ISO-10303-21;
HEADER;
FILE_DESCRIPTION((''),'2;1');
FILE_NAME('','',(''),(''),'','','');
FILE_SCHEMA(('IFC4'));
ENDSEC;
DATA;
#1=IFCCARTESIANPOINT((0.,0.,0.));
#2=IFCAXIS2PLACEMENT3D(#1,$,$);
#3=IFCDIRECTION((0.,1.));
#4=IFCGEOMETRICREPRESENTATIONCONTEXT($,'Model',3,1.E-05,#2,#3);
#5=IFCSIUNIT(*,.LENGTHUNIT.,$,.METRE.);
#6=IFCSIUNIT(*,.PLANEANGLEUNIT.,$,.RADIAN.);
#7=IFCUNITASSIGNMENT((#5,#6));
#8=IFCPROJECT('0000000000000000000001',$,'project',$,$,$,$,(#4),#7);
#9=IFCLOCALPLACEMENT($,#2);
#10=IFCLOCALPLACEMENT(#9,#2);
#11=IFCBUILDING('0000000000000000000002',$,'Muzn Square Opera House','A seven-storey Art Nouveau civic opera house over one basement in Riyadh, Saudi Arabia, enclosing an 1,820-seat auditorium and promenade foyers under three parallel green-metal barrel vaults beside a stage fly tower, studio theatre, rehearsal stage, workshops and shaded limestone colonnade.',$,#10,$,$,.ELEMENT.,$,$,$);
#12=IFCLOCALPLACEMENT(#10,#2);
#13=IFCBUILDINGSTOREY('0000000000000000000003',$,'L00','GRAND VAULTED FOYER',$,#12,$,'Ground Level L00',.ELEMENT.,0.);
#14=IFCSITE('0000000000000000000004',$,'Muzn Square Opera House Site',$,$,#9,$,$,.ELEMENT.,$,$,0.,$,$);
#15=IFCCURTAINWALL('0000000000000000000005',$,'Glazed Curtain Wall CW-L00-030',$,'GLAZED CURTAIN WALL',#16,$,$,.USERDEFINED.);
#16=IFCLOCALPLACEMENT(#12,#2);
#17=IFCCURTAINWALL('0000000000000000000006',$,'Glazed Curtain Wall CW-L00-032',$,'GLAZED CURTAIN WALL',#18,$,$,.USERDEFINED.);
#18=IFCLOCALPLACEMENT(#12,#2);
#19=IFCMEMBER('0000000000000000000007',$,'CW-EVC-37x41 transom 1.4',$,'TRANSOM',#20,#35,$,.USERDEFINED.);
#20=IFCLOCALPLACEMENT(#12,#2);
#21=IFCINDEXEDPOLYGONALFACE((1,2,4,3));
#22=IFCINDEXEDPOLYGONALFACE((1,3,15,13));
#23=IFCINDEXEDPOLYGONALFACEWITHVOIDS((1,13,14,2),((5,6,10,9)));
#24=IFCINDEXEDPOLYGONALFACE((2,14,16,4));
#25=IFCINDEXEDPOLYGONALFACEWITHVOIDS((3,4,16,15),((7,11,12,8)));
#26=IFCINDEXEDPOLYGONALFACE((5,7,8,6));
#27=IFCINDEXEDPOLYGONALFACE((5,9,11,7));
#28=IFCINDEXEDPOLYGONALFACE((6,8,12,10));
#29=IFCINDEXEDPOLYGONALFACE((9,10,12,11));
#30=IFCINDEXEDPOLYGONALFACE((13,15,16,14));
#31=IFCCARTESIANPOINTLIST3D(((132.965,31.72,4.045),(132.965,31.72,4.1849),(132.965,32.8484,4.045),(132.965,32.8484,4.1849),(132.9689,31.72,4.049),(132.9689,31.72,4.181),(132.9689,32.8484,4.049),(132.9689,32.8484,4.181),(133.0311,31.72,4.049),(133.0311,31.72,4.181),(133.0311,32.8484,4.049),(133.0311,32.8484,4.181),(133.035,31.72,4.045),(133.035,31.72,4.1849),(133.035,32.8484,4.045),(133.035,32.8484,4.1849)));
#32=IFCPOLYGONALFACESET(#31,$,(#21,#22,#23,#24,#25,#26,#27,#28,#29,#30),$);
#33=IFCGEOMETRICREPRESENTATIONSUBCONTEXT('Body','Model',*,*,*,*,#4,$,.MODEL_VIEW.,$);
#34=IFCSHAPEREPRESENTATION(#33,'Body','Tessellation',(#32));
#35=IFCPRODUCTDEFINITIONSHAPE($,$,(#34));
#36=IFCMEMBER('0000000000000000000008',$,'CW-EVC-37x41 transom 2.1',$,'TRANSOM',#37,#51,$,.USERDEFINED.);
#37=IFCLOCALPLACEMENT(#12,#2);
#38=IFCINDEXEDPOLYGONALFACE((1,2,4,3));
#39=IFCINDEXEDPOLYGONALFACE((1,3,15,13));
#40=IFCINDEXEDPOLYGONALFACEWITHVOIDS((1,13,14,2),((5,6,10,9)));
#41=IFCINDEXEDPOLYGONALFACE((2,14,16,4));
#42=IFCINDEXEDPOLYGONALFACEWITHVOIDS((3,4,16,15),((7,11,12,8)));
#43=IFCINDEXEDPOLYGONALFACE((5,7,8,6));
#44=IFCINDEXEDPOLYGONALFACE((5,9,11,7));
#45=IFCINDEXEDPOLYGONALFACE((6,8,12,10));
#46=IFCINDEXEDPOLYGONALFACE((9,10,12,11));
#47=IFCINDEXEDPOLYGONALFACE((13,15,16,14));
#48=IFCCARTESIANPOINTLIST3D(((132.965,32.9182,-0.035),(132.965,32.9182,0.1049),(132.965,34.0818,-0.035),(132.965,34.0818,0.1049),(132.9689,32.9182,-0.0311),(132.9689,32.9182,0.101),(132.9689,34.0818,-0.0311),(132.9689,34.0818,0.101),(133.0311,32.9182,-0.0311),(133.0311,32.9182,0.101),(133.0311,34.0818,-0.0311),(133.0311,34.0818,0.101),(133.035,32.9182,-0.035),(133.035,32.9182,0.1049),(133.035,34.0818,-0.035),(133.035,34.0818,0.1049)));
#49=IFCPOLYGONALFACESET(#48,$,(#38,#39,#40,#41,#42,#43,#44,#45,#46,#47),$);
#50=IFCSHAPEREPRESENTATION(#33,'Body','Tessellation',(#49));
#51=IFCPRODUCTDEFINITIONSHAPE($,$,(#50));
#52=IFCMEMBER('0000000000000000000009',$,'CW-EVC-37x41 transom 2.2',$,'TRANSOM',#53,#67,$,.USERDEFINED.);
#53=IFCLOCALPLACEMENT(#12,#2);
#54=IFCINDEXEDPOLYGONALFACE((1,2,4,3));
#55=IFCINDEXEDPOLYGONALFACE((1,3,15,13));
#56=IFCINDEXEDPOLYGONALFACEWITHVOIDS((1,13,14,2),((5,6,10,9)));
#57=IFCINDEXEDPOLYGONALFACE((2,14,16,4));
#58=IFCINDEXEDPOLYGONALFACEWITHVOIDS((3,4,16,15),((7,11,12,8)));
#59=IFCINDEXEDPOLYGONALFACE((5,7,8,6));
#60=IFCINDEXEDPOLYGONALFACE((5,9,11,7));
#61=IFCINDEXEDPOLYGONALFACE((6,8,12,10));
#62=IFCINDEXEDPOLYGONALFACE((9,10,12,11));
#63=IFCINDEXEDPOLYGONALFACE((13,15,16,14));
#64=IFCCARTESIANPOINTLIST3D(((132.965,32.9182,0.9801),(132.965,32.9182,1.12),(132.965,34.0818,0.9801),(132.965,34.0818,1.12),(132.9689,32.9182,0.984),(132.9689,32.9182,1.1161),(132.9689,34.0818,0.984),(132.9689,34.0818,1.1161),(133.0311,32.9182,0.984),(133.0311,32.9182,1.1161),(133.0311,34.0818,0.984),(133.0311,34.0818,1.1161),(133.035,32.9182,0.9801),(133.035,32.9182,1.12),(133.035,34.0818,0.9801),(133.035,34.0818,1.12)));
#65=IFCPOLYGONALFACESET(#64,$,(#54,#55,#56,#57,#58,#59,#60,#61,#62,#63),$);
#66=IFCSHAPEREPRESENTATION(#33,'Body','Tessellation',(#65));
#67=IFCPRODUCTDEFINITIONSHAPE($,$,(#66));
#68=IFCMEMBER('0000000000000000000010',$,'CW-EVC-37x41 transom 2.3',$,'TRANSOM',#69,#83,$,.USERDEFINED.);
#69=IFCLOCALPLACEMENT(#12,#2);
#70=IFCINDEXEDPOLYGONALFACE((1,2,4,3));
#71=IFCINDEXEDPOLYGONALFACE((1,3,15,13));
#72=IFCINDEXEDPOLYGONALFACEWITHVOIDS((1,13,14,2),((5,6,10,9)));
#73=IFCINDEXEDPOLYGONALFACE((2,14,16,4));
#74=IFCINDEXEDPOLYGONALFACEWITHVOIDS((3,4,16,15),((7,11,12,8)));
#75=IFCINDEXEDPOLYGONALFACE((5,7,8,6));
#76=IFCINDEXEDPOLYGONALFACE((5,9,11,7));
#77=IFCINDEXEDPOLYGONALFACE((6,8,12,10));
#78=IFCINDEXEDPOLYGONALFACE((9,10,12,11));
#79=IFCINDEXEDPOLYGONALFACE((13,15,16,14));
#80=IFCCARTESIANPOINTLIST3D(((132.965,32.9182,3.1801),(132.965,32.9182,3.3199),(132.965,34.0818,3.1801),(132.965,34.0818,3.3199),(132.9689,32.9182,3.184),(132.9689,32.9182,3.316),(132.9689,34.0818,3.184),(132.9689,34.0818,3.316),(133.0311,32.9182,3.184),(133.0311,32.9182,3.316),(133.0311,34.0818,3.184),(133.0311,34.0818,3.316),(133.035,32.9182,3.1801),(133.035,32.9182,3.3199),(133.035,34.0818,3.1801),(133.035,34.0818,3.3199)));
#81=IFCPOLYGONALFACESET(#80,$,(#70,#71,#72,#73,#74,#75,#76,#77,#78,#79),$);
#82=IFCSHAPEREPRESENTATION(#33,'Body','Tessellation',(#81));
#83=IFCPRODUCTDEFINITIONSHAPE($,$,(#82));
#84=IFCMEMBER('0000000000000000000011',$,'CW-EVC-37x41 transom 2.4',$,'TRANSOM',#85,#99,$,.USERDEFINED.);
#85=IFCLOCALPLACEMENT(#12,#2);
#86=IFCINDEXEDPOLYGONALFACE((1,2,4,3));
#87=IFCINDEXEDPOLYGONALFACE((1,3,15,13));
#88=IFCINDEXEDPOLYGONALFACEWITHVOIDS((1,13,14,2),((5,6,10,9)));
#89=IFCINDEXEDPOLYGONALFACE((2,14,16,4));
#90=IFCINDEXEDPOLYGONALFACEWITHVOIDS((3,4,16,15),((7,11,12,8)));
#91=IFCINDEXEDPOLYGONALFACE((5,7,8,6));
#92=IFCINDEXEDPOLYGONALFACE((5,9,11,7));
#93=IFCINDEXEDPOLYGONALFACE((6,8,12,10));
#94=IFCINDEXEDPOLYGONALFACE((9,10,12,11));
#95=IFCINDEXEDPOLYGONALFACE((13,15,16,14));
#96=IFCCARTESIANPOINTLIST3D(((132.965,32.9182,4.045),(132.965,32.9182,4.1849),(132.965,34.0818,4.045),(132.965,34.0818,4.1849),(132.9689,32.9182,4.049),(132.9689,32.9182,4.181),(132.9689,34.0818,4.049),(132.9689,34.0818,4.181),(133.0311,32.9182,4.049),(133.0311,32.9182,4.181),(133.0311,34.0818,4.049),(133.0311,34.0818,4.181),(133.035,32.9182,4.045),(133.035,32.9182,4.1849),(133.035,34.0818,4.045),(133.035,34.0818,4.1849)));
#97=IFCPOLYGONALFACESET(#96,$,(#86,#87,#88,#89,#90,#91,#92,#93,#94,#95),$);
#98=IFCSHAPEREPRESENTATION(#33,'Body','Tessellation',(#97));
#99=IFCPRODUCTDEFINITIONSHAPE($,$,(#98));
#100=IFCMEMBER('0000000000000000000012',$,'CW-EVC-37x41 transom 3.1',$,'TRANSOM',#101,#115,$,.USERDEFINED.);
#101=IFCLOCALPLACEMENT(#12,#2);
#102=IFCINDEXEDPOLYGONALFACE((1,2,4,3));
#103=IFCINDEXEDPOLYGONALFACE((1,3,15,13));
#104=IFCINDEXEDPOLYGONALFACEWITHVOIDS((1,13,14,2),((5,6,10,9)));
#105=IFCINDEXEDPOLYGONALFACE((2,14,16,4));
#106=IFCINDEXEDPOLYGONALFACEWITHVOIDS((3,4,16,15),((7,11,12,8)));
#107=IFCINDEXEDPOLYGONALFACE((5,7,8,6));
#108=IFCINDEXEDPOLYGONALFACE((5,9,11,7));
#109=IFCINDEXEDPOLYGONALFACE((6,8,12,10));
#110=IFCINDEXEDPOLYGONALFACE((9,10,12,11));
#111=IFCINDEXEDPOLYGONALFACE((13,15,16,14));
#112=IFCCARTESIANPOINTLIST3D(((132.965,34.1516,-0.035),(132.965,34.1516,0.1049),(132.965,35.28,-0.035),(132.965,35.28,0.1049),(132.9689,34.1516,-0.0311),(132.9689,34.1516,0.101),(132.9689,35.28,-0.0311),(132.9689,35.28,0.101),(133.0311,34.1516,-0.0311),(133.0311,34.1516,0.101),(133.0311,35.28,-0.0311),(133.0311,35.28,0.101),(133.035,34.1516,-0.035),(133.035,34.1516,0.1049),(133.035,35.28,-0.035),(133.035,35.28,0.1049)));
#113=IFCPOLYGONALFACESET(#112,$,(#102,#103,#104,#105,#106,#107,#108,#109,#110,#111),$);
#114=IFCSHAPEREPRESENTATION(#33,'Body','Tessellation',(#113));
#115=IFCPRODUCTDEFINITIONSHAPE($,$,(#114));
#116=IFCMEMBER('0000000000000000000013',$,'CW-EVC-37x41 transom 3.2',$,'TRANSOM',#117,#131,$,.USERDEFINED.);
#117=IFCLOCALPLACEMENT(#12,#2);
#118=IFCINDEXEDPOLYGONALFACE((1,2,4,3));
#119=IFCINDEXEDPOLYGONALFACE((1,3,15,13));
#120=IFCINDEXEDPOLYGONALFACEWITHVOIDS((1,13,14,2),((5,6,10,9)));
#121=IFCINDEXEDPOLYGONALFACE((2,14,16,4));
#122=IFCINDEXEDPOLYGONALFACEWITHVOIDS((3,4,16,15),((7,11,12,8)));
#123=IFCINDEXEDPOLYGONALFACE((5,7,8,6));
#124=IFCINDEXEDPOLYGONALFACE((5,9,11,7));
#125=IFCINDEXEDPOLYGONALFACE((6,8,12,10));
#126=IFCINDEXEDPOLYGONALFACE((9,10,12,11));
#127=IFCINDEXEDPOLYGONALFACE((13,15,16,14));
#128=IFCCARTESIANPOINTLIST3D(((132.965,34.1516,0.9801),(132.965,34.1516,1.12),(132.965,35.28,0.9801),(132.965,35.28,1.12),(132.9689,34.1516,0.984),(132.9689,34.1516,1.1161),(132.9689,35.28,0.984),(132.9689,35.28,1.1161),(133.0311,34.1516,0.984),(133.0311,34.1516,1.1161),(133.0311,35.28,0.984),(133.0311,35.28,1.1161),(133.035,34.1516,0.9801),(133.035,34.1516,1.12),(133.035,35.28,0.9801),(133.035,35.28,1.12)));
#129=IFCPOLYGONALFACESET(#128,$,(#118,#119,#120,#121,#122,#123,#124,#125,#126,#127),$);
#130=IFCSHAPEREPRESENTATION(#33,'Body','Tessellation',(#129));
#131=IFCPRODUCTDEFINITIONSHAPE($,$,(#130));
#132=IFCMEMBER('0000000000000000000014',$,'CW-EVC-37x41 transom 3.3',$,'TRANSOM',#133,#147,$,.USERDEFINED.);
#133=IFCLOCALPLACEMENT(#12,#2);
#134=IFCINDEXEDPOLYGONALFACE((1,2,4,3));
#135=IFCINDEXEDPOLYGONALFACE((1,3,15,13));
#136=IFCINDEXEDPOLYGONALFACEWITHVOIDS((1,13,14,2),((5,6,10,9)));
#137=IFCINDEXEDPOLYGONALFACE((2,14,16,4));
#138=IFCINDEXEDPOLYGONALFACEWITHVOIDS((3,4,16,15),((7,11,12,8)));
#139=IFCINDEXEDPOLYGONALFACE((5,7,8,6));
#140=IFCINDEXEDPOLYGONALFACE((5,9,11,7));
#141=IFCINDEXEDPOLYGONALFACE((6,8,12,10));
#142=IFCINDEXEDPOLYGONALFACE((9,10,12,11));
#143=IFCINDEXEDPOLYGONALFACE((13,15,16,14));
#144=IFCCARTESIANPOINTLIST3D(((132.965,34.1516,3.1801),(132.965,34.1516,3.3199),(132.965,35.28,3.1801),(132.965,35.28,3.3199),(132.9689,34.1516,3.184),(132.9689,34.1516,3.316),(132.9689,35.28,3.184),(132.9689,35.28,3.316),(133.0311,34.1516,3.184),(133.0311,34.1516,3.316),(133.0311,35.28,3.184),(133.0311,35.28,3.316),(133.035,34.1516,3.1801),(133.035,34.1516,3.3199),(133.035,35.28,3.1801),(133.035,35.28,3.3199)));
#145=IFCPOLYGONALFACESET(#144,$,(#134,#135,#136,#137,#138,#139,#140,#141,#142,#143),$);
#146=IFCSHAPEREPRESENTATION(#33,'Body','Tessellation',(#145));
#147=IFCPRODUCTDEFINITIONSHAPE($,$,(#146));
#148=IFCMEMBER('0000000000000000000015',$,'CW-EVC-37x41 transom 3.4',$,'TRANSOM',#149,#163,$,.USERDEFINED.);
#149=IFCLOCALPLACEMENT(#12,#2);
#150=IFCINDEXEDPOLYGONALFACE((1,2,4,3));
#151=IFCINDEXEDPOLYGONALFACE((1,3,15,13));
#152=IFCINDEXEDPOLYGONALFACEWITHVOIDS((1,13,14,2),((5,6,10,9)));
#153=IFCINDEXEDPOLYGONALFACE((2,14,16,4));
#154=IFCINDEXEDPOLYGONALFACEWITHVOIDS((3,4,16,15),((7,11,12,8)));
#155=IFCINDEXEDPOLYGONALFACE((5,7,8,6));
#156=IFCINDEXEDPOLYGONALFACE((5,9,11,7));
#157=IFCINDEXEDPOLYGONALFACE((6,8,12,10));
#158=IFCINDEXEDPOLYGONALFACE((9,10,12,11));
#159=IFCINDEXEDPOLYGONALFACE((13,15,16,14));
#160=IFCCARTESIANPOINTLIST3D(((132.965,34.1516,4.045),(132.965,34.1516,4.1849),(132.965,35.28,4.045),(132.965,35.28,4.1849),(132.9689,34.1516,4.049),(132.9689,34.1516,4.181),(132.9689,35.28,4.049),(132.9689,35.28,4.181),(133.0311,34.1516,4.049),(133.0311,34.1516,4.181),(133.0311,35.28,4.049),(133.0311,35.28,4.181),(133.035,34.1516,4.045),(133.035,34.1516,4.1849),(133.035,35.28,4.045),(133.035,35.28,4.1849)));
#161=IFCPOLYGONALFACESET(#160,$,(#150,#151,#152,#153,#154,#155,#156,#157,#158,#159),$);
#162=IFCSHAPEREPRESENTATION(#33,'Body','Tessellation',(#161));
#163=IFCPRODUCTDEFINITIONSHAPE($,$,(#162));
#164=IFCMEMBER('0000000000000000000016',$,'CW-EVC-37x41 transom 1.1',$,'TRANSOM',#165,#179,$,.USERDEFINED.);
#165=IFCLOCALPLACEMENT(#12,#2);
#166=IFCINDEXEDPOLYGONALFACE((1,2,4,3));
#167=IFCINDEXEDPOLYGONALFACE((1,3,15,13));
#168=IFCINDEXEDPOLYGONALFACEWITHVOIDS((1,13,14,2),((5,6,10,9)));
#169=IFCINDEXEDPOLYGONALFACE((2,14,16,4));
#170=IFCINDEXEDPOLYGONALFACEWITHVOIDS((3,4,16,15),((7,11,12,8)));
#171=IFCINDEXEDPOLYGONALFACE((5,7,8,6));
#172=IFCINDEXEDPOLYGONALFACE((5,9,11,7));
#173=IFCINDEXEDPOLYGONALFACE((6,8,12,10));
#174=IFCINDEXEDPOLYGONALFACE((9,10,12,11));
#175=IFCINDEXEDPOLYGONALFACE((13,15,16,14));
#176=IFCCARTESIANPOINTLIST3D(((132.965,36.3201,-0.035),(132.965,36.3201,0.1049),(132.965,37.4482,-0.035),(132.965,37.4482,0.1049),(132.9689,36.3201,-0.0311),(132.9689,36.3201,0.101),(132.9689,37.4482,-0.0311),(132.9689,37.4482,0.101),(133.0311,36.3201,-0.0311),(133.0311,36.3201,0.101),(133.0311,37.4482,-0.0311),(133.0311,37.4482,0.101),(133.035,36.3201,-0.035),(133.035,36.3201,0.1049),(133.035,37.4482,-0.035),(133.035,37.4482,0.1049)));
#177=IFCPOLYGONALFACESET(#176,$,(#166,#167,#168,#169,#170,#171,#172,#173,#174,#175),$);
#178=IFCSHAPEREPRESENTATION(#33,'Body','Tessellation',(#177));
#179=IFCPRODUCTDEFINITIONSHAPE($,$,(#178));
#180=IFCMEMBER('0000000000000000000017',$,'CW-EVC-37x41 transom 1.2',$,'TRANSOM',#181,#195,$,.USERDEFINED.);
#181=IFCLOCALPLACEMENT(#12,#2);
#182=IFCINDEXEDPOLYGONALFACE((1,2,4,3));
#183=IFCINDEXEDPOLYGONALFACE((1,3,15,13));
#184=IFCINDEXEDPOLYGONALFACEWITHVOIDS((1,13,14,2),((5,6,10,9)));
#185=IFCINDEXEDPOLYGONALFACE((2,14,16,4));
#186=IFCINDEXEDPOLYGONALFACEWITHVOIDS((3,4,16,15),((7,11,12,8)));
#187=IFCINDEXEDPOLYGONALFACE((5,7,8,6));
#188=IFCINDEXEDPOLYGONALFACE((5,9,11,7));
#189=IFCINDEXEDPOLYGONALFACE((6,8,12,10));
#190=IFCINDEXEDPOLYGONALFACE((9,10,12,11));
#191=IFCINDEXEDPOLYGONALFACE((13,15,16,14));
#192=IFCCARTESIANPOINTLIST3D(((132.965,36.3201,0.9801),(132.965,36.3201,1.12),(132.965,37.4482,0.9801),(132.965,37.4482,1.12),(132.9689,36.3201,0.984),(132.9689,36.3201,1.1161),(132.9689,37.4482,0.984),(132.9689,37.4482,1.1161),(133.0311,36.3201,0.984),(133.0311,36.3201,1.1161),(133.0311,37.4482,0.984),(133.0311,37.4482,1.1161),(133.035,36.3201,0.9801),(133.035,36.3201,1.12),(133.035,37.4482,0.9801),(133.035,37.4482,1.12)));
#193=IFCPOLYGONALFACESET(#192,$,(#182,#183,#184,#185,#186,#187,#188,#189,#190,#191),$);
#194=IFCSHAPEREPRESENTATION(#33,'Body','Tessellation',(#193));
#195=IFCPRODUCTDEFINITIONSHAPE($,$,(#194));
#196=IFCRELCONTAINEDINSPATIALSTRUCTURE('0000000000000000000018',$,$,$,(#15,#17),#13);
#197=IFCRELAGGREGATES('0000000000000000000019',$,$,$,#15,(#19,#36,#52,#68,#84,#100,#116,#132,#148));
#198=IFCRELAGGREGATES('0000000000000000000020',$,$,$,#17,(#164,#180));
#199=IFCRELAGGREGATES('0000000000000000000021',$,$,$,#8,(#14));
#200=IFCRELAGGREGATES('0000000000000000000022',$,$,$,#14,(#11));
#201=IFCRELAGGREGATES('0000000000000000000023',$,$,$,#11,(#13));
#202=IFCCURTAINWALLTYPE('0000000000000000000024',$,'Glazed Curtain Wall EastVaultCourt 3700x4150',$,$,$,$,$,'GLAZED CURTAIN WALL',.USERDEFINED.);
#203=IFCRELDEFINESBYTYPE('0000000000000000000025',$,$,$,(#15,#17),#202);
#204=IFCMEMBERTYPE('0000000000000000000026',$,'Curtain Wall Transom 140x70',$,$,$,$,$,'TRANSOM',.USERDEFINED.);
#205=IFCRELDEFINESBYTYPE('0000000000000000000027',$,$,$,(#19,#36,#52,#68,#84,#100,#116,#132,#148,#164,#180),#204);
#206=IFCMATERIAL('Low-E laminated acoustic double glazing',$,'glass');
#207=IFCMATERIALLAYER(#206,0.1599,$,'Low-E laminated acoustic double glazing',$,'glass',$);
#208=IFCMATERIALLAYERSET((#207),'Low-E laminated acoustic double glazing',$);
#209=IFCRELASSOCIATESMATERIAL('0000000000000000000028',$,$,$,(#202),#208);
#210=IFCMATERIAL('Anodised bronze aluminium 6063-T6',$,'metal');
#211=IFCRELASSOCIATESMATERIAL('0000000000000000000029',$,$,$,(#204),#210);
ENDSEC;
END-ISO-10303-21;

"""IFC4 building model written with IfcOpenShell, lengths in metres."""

from ifc_helpers import new_model, si_unit, direction, frame, origin, origin_2d, place, context, subcontext, project, spatial, hollow_rectangle, extrude, material, layer, layer_set, material_profile, profile_set, type_object, element, aggregate, save


model = new_model("IFC4")

# Units and contexts
model_context = context("Model", 3, precision=1e-05, world=origin(), true_north=direction((0.0, 1.0)))
body_context = subcontext(model_context, "Body", "Model", "MODEL_VIEW")
ifc_project = project(units=[si_unit("LENGTHUNIT", "METRE"), si_unit("PLANEANGLEUNIT", "RADIAN")], contexts=[model_context])

# Site, building, storey
site_placement = place(None, origin())
site = spatial("IfcSite", under=ifc_project, at=site_placement, Name="Muzn Square Opera House Site", CompositionType="ELEMENT", RefElevation=0.0)
building_placement = place(site_placement, origin())
building = spatial("IfcBuilding", under=site, at=building_placement, Name="Muzn Square Opera House", Description="A seven-storey Art Nouveau civic opera house over one basement in Riyadh, Saudi Arabia, enclosing an 1,820-seat auditorium and promenade foyers under three parallel green-metal barrel vaults beside a stage fly tower, studio theatre, rehearsal stage, workshops and shaded limestone colonnade.", CompositionType="ELEMENT")
storey_placement = place(building_placement, origin())
storey = spatial("IfcBuildingStorey", under=building, at=storey_placement, Name="L00", Description="GRAND VAULTED FOYER", LongName="Ground Level L00", CompositionType="ELEMENT", Elevation=0.0)

# Curtain walls
ifc_material_1 = material(Name="Low-E laminated acoustic double glazing", Category="glass")
ifc_layer_1 = layer(ifc_material_1, 0.1599, Name="Low-E laminated acoustic double glazing", Category="glass")
ifc_layer_set_1 = layer_set([ifc_layer_1], Name="Low-E laminated acoustic double glazing")
curtain_wall_type_1 = type_object("IfcCurtainWallType", Name="Glazed Curtain Wall EastVaultCourt 3700x4150", ElementType="GLAZED CURTAIN WALL", PredefinedType="USERDEFINED", material=ifc_layer_set_1)
curtain_wall_1_placement = place(storey_placement, origin())
curtain_wall_1 = element("IfcCurtainWall", 1, at=curtain_wall_1_placement, inside=storey, type_object=curtain_wall_type_1, Name="Glazed Curtain Wall CW-L00-030", ObjectType="GLAZED CURTAIN WALL", PredefinedType="USERDEFINED")
ifc_material_2 = material(Name="Anodised bronze aluminium 6063-T6", Category="metal")
curtain_wall_2_placement = place(storey_placement, origin())
curtain_wall_2 = element("IfcCurtainWall", 2, at=curtain_wall_2_placement, inside=storey, type_object=curtain_wall_type_1, Name="Glazed Curtain Wall CW-L00-032", ObjectType="GLAZED CURTAIN WALL", PredefinedType="USERDEFINED")

# Members
ifc_material_profile_1 = material_profile(ifc_material_2, hollow_rectangle(XDim=0.0701, YDim=0.1399, WallThickness=0.0039, at=origin_2d()), Name="ALU 140x70x4", Category="metal")
ifc_profile_set_1 = profile_set([ifc_material_profile_1], Name="Anodised bronze aluminium 6063-T6")
member_type_1 = type_object("IfcMemberType", Name="Curtain Wall Transom 140x70", ElementType="TRANSOM", PredefinedType="USERDEFINED", material=ifc_profile_set_1)
member_1_placement = place(storey_placement, frame((133.0, 31.72, 4.115), z_axis=(0.0, 1.0, 0.0), x_axis=(-1.0, 0.0, 0.0)))
member_1 = element("IfcMember", 3, at=member_1_placement, type_object=member_type_1, Name="CW-EVC-37x41 transom 1.4", ObjectType="TRANSOM", PredefinedType="USERDEFINED", context=body_context, shape_type="SweptSolid", body=[
    extrude(hollow_rectangle(XDim=0.0701, YDim=0.1399, WallThickness=0.0039, at=origin_2d()), origin(), (0.0, 0.0, 1.0), 1.1284),
])
member_2_placement = place(storey_placement, frame((133.0, 32.9182, 0.0349), z_axis=(0.0, 1.0, 0.0), x_axis=(-1.0, 0.0, 0.0)))
member_2 = element("IfcMember", 4, at=member_2_placement, type_object=member_type_1, Name="CW-EVC-37x41 transom 2.1", ObjectType="TRANSOM", PredefinedType="USERDEFINED", context=body_context, shape_type="SweptSolid", body=[
    extrude(hollow_rectangle(XDim=0.0701, YDim=0.1399, WallThickness=0.0039, at=origin_2d()), origin(), (0.0, 0.0, 1.0), 1.1636),
])
member_3_placement = place(storey_placement, frame((133.0, 32.9182, 1.05), z_axis=(0.0, 1.0, 0.0), x_axis=(-1.0, 0.0, 0.0)))
member_3 = element("IfcMember", 5, at=member_3_placement, type_object=member_type_1, Name="CW-EVC-37x41 transom 2.2", ObjectType="TRANSOM", PredefinedType="USERDEFINED", context=body_context, shape_type="SweptSolid", body=[
    extrude(hollow_rectangle(XDim=0.0701, YDim=0.1399, WallThickness=0.0039, at=origin_2d()), origin(), (0.0, 0.0, 1.0), 1.1636),
])
member_4_placement = place(storey_placement, frame((133.0, 32.9182, 3.25), z_axis=(0.0, 1.0, 0.0), x_axis=(-1.0, 0.0, 0.0)))
member_4 = element("IfcMember", 6, at=member_4_placement, type_object=member_type_1, Name="CW-EVC-37x41 transom 2.3", ObjectType="TRANSOM", PredefinedType="USERDEFINED", context=body_context, shape_type="SweptSolid", body=[
    extrude(hollow_rectangle(XDim=0.0701, YDim=0.1399, WallThickness=0.0039, at=origin_2d()), origin(), (0.0, 0.0, 1.0), 1.1636),
])
member_5_placement = place(storey_placement, frame((133.0, 32.9182, 4.115), z_axis=(0.0, 1.0, 0.0), x_axis=(-1.0, 0.0, 0.0)))
member_5 = element("IfcMember", 7, at=member_5_placement, type_object=member_type_1, Name="CW-EVC-37x41 transom 2.4", ObjectType="TRANSOM", PredefinedType="USERDEFINED", context=body_context, shape_type="SweptSolid", body=[
    extrude(hollow_rectangle(XDim=0.0701, YDim=0.1399, WallThickness=0.0039, at=origin_2d()), origin(), (0.0, 0.0, 1.0), 1.1636),
])
member_6_placement = place(storey_placement, frame((133.0, 34.1516, 0.0349), z_axis=(0.0, 1.0, 0.0), x_axis=(-1.0, 0.0, 0.0)))
member_6 = element("IfcMember", 8, at=member_6_placement, type_object=member_type_1, Name="CW-EVC-37x41 transom 3.1", ObjectType="TRANSOM", PredefinedType="USERDEFINED", context=body_context, shape_type="SweptSolid", body=[
    extrude(hollow_rectangle(XDim=0.0701, YDim=0.1399, WallThickness=0.0039, at=origin_2d()), origin(), (0.0, 0.0, 1.0), 1.1284),
])
member_7_placement = place(storey_placement, frame((133.0, 34.1516, 1.05), z_axis=(0.0, 1.0, 0.0), x_axis=(-1.0, 0.0, 0.0)))
member_7 = element("IfcMember", 9, at=member_7_placement, type_object=member_type_1, Name="CW-EVC-37x41 transom 3.2", ObjectType="TRANSOM", PredefinedType="USERDEFINED", context=body_context, shape_type="SweptSolid", body=[
    extrude(hollow_rectangle(XDim=0.0701, YDim=0.1399, WallThickness=0.0039, at=origin_2d()), origin(), (0.0, 0.0, 1.0), 1.1284),
])
member_8_placement = place(storey_placement, frame((133.0, 34.1516, 3.25), z_axis=(0.0, 1.0, 0.0), x_axis=(-1.0, 0.0, 0.0)))
member_8 = element("IfcMember", 10, at=member_8_placement, type_object=member_type_1, Name="CW-EVC-37x41 transom 3.3", ObjectType="TRANSOM", PredefinedType="USERDEFINED", context=body_context, shape_type="SweptSolid", body=[
    extrude(hollow_rectangle(XDim=0.0701, YDim=0.1399, WallThickness=0.0039, at=origin_2d()), origin(), (0.0, 0.0, 1.0), 1.1284),
])
member_9_placement = place(storey_placement, frame((133.0, 34.1516, 4.115), z_axis=(0.0, 1.0, 0.0), x_axis=(-1.0, 0.0, 0.0)))
member_9 = element("IfcMember", 11, at=member_9_placement, type_object=member_type_1, Name="CW-EVC-37x41 transom 3.4", ObjectType="TRANSOM", PredefinedType="USERDEFINED", context=body_context, shape_type="SweptSolid", body=[
    extrude(hollow_rectangle(XDim=0.0701, YDim=0.1399, WallThickness=0.0039, at=origin_2d()), origin(), (0.0, 0.0, 1.0), 1.1284),
])
member_10_placement = place(storey_placement, frame((133.0, 36.3201, 0.0349), z_axis=(0.0, 1.0, 0.0), x_axis=(-1.0, 0.0, 0.0)))
member_10 = element("IfcMember", 12, at=member_10_placement, type_object=member_type_1, Name="CW-EVC-37x41 transom 1.1", ObjectType="TRANSOM", PredefinedType="USERDEFINED", context=body_context, shape_type="SweptSolid", body=[
    extrude(hollow_rectangle(XDim=0.0701, YDim=0.1399, WallThickness=0.0039, at=origin_2d()), origin(), (0.0, 0.0, 1.0), 1.1282),
])
member_11_placement = place(storey_placement, frame((133.0, 36.3201, 1.05), z_axis=(0.0, 1.0, 0.0), x_axis=(-1.0, 0.0, 0.0)))
member_11 = element("IfcMember", 13, at=member_11_placement, type_object=member_type_1, Name="CW-EVC-37x41 transom 1.2", ObjectType="TRANSOM", PredefinedType="USERDEFINED", context=body_context, shape_type="SweptSolid", body=[
    extrude(hollow_rectangle(XDim=0.0701, YDim=0.1399, WallThickness=0.0039, at=origin_2d()), origin(), (0.0, 0.0, 1.0), 1.1282),
])

aggregate(curtain_wall_1, [member_1, member_2, member_3, member_4, member_5, member_6, member_7, member_8, member_9])
aggregate(curtain_wall_2, [member_10, member_11])

save(model, "model.ifc")
